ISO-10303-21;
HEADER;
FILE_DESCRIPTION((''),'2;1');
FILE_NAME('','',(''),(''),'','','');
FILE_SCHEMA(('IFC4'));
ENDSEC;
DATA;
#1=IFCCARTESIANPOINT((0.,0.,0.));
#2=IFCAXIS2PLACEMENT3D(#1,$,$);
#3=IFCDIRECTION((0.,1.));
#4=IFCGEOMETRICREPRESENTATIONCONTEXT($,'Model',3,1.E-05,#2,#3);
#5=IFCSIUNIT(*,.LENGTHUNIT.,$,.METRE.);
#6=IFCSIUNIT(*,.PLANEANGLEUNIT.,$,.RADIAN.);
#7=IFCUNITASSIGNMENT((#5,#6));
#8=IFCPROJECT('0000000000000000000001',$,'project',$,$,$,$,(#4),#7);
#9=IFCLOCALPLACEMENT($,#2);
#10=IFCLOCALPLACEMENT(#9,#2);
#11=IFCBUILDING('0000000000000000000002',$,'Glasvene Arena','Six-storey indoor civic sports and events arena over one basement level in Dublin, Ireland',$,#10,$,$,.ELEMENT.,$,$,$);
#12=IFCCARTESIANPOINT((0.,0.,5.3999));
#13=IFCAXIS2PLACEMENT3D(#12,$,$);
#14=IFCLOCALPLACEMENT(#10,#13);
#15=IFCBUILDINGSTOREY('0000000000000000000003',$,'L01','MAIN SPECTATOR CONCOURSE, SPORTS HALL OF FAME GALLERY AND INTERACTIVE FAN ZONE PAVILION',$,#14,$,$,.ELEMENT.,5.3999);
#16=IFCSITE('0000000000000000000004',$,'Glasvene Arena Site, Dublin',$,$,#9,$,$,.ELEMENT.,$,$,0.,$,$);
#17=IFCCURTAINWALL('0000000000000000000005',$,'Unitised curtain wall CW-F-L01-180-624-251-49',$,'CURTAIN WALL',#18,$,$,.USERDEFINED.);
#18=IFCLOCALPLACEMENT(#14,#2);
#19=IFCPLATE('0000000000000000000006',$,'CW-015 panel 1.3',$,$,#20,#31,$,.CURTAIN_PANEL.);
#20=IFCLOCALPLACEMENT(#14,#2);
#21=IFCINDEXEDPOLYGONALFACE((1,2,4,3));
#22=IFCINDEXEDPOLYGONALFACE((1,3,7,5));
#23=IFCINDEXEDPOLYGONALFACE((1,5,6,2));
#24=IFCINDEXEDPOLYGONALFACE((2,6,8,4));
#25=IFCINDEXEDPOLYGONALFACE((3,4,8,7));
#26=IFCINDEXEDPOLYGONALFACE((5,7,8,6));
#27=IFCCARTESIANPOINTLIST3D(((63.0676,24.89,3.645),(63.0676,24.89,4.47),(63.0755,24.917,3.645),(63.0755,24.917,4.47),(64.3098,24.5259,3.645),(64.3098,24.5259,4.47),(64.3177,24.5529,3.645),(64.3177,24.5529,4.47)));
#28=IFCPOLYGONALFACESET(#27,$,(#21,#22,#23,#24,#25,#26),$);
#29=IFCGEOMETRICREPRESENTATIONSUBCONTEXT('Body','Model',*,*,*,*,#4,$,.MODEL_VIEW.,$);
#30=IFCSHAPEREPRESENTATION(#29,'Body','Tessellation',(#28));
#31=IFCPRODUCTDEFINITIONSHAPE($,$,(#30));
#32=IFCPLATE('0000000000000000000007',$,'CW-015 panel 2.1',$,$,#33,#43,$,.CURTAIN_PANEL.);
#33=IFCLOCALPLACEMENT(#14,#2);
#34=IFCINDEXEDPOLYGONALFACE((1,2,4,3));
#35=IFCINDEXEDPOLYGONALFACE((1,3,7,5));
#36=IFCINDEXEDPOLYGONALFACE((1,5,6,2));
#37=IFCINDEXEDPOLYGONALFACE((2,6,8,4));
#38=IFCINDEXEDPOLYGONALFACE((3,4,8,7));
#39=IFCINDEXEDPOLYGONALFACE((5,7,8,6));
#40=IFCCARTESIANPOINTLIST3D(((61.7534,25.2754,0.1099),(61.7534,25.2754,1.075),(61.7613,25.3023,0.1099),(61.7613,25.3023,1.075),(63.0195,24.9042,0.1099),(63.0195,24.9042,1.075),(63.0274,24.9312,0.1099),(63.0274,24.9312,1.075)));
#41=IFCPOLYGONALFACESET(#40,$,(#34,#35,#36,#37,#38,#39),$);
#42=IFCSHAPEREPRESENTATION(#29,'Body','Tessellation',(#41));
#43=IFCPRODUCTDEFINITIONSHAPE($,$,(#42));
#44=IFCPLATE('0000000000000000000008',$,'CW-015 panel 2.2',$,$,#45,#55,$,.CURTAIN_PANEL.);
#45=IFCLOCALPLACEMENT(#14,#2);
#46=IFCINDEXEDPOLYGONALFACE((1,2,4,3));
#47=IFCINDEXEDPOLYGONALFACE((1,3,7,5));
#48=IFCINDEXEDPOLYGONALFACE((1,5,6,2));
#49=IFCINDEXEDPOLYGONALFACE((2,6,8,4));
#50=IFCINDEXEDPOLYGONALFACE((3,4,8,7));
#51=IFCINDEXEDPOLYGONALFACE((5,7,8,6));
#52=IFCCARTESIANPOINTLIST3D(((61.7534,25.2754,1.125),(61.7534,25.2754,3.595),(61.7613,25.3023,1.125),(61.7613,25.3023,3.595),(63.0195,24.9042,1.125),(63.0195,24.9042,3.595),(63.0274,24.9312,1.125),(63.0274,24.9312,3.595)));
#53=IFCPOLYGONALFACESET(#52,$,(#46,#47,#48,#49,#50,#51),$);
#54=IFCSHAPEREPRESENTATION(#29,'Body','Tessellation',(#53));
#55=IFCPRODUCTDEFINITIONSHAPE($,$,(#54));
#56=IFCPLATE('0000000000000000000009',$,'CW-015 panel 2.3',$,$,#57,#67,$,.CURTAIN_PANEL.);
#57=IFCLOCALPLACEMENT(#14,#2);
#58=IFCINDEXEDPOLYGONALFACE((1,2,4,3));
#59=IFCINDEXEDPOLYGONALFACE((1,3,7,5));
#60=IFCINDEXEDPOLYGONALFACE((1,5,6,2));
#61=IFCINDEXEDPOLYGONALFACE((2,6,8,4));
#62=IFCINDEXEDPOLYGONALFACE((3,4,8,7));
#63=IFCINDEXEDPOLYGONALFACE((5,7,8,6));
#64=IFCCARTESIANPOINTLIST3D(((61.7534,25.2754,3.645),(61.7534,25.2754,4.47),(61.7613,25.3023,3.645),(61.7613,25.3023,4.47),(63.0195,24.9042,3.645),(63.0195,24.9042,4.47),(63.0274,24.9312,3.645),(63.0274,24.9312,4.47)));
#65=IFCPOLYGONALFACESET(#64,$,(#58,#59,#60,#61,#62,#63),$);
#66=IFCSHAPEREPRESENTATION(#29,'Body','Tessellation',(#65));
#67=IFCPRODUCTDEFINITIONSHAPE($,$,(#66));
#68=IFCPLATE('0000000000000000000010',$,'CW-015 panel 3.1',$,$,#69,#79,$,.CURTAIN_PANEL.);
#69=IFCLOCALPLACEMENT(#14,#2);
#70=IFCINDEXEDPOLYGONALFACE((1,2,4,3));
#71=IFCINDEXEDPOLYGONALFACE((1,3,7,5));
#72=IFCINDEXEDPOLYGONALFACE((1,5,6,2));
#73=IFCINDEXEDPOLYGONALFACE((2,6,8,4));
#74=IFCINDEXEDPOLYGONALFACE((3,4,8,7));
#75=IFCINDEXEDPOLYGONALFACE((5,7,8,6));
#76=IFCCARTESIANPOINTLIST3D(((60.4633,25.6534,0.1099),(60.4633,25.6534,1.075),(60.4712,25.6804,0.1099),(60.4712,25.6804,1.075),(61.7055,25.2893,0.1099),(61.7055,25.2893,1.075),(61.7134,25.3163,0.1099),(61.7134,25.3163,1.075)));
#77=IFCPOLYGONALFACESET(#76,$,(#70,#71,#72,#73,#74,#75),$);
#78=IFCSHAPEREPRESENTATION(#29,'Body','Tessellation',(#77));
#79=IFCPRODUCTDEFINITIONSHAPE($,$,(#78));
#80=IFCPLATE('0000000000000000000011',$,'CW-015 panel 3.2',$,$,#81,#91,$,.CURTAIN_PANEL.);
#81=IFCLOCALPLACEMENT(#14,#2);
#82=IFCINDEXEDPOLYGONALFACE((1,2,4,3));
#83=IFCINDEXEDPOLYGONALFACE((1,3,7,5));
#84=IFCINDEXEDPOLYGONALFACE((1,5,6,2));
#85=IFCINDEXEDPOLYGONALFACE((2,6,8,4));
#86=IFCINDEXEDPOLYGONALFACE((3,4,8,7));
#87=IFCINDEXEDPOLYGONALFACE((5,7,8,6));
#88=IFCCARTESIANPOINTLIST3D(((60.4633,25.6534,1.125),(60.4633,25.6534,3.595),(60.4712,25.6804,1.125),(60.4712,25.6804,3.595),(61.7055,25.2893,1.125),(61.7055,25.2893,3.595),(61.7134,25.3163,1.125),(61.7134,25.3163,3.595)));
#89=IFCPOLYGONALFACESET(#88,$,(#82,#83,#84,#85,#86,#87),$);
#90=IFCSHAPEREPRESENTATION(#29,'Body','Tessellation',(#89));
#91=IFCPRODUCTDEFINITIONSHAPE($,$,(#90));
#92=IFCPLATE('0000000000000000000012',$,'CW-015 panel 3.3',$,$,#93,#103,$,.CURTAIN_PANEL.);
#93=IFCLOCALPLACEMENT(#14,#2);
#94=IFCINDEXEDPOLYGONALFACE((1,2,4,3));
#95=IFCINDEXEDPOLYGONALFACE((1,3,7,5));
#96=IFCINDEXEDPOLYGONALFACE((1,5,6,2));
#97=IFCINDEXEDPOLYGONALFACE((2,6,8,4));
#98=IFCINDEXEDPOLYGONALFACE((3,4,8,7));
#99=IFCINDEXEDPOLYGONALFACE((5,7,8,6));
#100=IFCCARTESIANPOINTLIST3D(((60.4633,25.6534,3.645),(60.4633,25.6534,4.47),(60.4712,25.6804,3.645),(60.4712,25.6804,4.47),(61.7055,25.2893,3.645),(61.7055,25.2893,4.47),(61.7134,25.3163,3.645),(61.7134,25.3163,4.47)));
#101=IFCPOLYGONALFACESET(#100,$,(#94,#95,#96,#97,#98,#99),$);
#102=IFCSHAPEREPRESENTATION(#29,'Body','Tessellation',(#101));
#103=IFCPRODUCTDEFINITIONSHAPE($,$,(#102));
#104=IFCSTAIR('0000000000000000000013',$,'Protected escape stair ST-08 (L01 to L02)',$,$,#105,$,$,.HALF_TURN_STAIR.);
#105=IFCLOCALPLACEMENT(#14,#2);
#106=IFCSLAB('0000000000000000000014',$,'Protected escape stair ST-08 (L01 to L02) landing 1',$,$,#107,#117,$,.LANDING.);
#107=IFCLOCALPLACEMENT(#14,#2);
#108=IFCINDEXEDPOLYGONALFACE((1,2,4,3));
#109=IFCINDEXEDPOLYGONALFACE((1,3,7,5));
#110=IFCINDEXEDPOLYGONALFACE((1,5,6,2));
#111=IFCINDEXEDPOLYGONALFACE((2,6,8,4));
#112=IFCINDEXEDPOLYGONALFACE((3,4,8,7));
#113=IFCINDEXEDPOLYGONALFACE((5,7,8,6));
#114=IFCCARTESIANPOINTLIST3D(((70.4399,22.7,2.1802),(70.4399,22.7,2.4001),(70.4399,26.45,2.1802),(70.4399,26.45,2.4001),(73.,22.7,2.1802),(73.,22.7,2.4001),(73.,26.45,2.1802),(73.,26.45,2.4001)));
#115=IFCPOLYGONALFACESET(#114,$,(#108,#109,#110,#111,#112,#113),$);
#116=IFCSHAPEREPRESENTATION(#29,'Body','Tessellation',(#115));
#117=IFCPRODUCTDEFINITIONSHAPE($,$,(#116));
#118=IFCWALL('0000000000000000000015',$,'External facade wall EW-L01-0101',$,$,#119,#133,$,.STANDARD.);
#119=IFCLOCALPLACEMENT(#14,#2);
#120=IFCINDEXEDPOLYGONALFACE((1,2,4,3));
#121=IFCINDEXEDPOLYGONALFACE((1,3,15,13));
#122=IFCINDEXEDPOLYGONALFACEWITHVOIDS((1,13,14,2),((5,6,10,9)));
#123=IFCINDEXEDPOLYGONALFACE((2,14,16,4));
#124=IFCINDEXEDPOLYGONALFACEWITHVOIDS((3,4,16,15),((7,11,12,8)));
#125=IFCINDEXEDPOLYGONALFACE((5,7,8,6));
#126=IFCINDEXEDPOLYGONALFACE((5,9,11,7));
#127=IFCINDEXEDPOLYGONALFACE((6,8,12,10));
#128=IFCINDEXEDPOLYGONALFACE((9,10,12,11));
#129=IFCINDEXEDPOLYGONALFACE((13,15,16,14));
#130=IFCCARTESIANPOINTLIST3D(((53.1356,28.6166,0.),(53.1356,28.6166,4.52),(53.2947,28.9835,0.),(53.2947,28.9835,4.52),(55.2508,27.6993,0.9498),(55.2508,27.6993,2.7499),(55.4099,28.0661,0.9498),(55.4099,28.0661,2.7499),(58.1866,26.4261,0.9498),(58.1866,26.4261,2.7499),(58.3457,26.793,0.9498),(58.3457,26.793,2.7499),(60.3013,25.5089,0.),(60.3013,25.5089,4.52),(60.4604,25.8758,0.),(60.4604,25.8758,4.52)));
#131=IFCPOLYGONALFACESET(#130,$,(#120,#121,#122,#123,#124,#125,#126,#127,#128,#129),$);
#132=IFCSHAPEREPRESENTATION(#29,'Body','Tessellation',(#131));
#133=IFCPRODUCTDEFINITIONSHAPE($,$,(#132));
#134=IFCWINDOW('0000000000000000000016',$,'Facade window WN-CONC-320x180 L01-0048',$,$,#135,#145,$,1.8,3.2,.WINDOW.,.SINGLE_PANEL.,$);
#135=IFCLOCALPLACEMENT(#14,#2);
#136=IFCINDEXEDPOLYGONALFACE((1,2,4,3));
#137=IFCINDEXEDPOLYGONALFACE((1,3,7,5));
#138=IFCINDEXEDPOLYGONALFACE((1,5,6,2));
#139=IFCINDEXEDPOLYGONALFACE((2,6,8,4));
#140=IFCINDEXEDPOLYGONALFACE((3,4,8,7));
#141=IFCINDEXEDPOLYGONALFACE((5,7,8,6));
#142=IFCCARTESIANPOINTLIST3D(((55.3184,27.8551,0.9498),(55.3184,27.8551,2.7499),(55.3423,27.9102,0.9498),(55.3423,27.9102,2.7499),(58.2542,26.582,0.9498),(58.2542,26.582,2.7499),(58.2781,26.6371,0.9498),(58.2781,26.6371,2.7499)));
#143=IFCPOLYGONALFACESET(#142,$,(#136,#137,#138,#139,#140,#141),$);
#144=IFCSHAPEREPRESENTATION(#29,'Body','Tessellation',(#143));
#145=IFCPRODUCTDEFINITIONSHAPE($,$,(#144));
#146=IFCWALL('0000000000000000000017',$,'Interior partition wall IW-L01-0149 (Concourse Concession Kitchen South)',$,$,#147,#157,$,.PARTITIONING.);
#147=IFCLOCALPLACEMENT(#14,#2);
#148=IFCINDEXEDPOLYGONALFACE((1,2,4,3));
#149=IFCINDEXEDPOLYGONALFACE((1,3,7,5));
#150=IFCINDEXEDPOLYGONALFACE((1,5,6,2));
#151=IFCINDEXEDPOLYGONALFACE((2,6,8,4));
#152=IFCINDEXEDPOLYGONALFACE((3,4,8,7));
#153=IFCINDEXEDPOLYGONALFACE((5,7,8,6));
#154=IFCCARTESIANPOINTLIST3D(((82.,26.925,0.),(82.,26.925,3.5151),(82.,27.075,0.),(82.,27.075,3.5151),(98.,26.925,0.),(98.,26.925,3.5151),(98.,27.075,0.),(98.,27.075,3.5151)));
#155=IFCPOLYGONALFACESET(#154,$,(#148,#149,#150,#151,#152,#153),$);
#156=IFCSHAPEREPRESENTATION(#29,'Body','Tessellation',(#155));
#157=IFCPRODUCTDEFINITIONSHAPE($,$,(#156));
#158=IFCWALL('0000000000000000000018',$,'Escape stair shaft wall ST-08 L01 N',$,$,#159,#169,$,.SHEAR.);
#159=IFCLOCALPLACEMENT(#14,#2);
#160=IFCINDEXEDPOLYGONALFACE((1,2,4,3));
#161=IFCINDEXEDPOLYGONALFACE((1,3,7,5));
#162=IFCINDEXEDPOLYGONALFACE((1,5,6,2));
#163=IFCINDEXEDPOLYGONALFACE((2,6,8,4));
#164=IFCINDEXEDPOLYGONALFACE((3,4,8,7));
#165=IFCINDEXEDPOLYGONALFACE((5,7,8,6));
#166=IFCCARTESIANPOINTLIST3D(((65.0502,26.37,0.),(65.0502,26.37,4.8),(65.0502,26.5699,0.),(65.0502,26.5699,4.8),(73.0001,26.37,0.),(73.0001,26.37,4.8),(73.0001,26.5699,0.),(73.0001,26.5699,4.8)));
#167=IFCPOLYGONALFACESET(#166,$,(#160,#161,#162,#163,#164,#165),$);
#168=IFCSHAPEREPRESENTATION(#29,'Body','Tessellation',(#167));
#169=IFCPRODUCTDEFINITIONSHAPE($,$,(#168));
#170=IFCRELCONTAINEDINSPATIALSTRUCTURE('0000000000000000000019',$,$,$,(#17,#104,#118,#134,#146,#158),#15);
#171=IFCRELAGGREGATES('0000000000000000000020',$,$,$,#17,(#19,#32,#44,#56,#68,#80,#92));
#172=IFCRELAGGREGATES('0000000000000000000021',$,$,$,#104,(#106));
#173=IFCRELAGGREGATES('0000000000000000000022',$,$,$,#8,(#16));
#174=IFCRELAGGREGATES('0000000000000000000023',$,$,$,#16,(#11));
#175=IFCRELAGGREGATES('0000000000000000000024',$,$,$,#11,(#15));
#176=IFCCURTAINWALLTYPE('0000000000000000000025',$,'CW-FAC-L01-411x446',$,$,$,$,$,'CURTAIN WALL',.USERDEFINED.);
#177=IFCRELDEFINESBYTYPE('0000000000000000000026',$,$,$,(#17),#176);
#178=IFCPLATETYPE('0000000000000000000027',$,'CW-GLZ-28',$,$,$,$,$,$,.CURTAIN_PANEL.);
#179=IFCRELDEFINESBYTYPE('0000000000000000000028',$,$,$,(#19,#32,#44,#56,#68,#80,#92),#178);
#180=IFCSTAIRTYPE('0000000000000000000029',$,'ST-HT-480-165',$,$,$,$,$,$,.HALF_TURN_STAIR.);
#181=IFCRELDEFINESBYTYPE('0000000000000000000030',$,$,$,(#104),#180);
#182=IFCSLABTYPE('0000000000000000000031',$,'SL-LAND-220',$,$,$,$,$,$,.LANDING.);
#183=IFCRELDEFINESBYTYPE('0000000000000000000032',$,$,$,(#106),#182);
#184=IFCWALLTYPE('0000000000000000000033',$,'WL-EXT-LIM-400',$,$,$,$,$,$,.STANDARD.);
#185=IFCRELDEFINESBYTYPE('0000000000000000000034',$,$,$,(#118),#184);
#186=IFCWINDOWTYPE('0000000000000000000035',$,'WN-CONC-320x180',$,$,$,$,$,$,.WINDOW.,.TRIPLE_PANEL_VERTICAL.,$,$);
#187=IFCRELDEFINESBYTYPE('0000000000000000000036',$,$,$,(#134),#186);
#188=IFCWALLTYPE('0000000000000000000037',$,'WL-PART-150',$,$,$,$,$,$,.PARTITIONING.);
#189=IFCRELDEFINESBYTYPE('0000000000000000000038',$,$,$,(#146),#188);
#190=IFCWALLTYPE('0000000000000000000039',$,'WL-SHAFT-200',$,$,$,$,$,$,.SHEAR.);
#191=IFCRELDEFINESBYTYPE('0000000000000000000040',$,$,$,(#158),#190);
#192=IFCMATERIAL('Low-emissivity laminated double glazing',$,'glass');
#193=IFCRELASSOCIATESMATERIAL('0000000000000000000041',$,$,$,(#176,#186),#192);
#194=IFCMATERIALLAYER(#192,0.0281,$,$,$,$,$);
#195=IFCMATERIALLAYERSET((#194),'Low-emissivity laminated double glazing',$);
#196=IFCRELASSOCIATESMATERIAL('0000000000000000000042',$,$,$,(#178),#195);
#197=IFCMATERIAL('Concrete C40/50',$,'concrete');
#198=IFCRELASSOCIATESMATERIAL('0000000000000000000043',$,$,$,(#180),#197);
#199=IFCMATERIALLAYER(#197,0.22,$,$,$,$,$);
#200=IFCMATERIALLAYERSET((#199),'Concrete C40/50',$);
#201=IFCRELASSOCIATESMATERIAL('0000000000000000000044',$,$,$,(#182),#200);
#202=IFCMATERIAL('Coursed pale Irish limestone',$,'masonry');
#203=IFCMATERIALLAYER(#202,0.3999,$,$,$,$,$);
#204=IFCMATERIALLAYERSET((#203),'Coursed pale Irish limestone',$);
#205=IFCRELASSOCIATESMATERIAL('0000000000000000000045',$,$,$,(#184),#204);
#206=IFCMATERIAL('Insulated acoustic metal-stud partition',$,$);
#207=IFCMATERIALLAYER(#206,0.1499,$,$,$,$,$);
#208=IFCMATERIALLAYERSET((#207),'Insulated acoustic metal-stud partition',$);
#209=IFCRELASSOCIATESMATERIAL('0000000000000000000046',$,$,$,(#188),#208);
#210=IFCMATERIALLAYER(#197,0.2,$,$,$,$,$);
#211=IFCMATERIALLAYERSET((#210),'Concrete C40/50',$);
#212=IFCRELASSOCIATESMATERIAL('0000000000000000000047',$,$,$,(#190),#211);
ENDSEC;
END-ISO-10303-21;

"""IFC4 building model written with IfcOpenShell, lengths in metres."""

from ifc_helpers import new_model, si_unit, direction, frame, frame_2d, origin, origin_2d, place, context, subcontext, project, spatial, polyline, rectangle, outline, extrude, material, layer, layer_set, type_object, element, fill, aggregate, save


model = new_model("IFC4")

# Units and contexts
model_context = context("Model", 3, precision=1e-05, world=origin(), true_north=direction((0.0, 1.0)))
body_context = subcontext(model_context, "Body", "Model", "MODEL_VIEW")
ifc_project = project(units=[si_unit("LENGTHUNIT", "METRE"), si_unit("PLANEANGLEUNIT", "RADIAN")], contexts=[model_context])

# Site, building, storey
site_placement = place(None, origin())
site = spatial("IfcSite", under=ifc_project, at=site_placement, Name="Glasvene Arena Site, Dublin", CompositionType="ELEMENT", RefElevation=0.0)
building_placement = place(site_placement, origin())
building = spatial("IfcBuilding", under=site, at=building_placement, Name="Glasvene Arena", Description="Six-storey indoor civic sports and events arena over one basement level in Dublin, Ireland", CompositionType="ELEMENT")
storey_placement = place(building_placement, frame((0.0, 0.0, 5.3999)))
storey = spatial("IfcBuildingStorey", under=building, at=storey_placement, Name="L01", Description="MAIN SPECTATOR CONCOURSE, SPORTS HALL OF FAME GALLERY AND INTERACTIVE FAN ZONE PAVILION", CompositionType="ELEMENT", Elevation=5.3999)

# Curtain wall, plates
ifc_material_1 = material(Name="Low-emissivity laminated double glazing", Category="glass")
curtain_wall_type = type_object("IfcCurtainWallType", Name="CW-FAC-L01-411x446", ElementType="CURTAIN WALL", PredefinedType="USERDEFINED", material=ifc_material_1)
curtain_wall_placement = place(storey_placement, frame((64.3616, 24.5254, 0.0)))
curtain_wall = element("IfcCurtainWall", 1, at=curtain_wall_placement, inside=storey, type_object=curtain_wall_type, Name="Unitised curtain wall CW-F-L01-180-624-251-49", ObjectType="CURTAIN WALL", PredefinedType="USERDEFINED")
ifc_layer_1 = layer(ifc_material_1, 0.0281)
ifc_layer_set_1 = layer_set([ifc_layer_1], Name="Low-emissivity laminated double glazing")
plate_type = type_object("IfcPlateType", Name="CW-GLZ-28", PredefinedType="CURTAIN_PANEL", material=ifc_layer_set_1)
plate_1_placement = place(storey_placement, frame((63.6926, 24.7214, 3.645), z_axis=(0.0, 0.0, 1.0), x_axis=(-0.959624, 0.281286, 0.0)))
plate_1 = element("IfcPlate", 2, at=plate_1_placement, type_object=plate_type, Name="CW-015 panel 1.3", PredefinedType="CURTAIN_PANEL", context=body_context, shape_type="SweptSolid", body=[
    extrude(rectangle(XDim=1.2944, YDim=0.0281, at=origin_2d()), origin(), (0.0, 0.0, 1.0), 0.825),
])
plate_2_placement = place(storey_placement, frame((62.3904, 25.1033, 0.1099), z_axis=(0.0, 0.0, 1.0), x_axis=(-0.959624, 0.281286, 0.0)))
plate_2 = element("IfcPlate", 3, at=plate_2_placement, type_object=plate_type, Name="CW-015 panel 2.1", PredefinedType="CURTAIN_PANEL", context=body_context, shape_type="SweptSolid", body=[
    extrude(rectangle(XDim=1.3193, YDim=0.0281, at=origin_2d()), origin(), (0.0, 0.0, 1.0), 0.9651),
])
plate_3_placement = place(storey_placement, frame((62.3904, 25.1033, 1.125), z_axis=(0.0, 0.0, 1.0), x_axis=(-0.959624, 0.281286, 0.0)))
plate_3 = element("IfcPlate", 4, at=plate_3_placement, type_object=plate_type, Name="CW-015 panel 2.2", PredefinedType="CURTAIN_PANEL", context=body_context, shape_type="SweptSolid", body=[
    extrude(rectangle(XDim=1.3193, YDim=0.0281, at=origin_2d()), origin(), (0.0, 0.0, 1.0), 2.47),
])
plate_4_placement = place(storey_placement, frame((62.3904, 25.1033, 3.645), z_axis=(0.0, 0.0, 1.0), x_axis=(-0.959624, 0.281286, 0.0)))
plate_4 = element("IfcPlate", 5, at=plate_4_placement, type_object=plate_type, Name="CW-015 panel 2.3", PredefinedType="CURTAIN_PANEL", context=body_context, shape_type="SweptSolid", body=[
    extrude(rectangle(XDim=1.3193, YDim=0.0281, at=origin_2d()), origin(), (0.0, 0.0, 1.0), 0.825),
])
plate_5_placement = place(storey_placement, frame((61.0884, 25.4849, 0.1099), z_axis=(0.0, 0.0, 1.0), x_axis=(-0.959624, 0.281286, 0.0)))
plate_5 = element("IfcPlate", 6, at=plate_5_placement, type_object=plate_type, Name="CW-015 panel 3.1", PredefinedType="CURTAIN_PANEL", context=body_context, shape_type="SweptSolid", body=[
    extrude(rectangle(XDim=1.2944, YDim=0.0281, at=origin_2d()), origin(), (0.0, 0.0, 1.0), 0.9651),
])
plate_6_placement = place(storey_placement, frame((61.0884, 25.4849, 1.125), z_axis=(0.0, 0.0, 1.0), x_axis=(-0.959624, 0.281286, 0.0)))
plate_6 = element("IfcPlate", 7, at=plate_6_placement, type_object=plate_type, Name="CW-015 panel 3.2", PredefinedType="CURTAIN_PANEL", context=body_context, shape_type="SweptSolid", body=[
    extrude(rectangle(XDim=1.2944, YDim=0.0281, at=origin_2d()), origin(), (0.0, 0.0, 1.0), 2.47),
])
plate_7_placement = place(storey_placement, frame((61.0884, 25.4849, 3.645), z_axis=(0.0, 0.0, 1.0), x_axis=(-0.959624, 0.281286, 0.0)))
plate_7 = element("IfcPlate", 8, at=plate_7_placement, type_object=plate_type, Name="CW-015 panel 3.3", PredefinedType="CURTAIN_PANEL", context=body_context, shape_type="SweptSolid", body=[
    extrude(rectangle(XDim=1.2944, YDim=0.0281, at=origin_2d()), origin(), (0.0, 0.0, 1.0), 0.825),
])
aggregate(curtain_wall, [plate_1, plate_2, plate_3, plate_4, plate_5, plate_6, plate_7])

# Shared definitions
ifc_material_2 = material(Name="Concrete C40/50", Category="concrete")

# Stair, slab
stair_type = type_object("IfcStairType", Name="ST-HT-480-165", PredefinedType="HALF_TURN_STAIR", material=ifc_material_2)
stair_placement = place(storey_placement, origin())
stair = element("IfcStair", 9, at=stair_placement, inside=storey, type_object=stair_type, Name="Protected escape stair ST-08 (L01 to L02)", PredefinedType="HALF_TURN_STAIR")
ifc_layer_2 = layer(ifc_material_2, 0.22)
ifc_layer_set_2 = layer_set([ifc_layer_2], Name="Concrete C40/50")
slab_type_1 = type_object("IfcSlabType", Name="SL-LAND-220", PredefinedType="LANDING", material=ifc_layer_set_2)
slab_1_placement = place(storey_placement, frame((71.72, 24.575, 2.1802)))
slab_1 = element("IfcSlab", 10, at=slab_1_placement, type_object=slab_type_1, Name="Protected escape stair ST-08 (L01 to L02) landing 1", PredefinedType="LANDING", context=body_context, shape_type="SweptSolid", body=[
    extrude(outline(polyline([(-1.28, -1.875), (1.28, -1.875), (1.28, 1.875), (-1.28, 1.875), (-1.28, -1.875)])), origin(), (0.0, 0.0, 1.0), 0.22),
])

# Wall, opening, window
ifc_material_3 = material(Name="Coursed pale Irish limestone", Category="masonry")
ifc_layer_3 = layer(ifc_material_3, 0.3999)
ifc_layer_set_3 = layer_set([ifc_layer_3], Name="Coursed pale Irish limestone")
wall_type_1 = type_object("IfcWallType", Name="WL-EXT-LIM-400", PredefinedType="STANDARD", material=ifc_layer_set_3)
wall_1_placement = place(storey_placement, frame((60.3809, 25.6924, 0.0), z_axis=(0.0, 0.0, 1.0), x_axis=(-0.917439, 0.397877, 0.0)))
wall_1 = element("IfcWall", 11, at=wall_1_placement, inside=storey, type_object=wall_type_1, Name="External facade wall EW-L01-0101", PredefinedType="STANDARD", context=body_context, shape_type="SweptSolid", body=[
    extrude(rectangle(XDim=7.8105, YDim=0.3999, at=frame_2d((3.9053, 0.0))), origin(), (0.0, 0.0, 1.0), 4.52),
])
opening_placement = place(wall_1_placement, frame((2.3049, 0.0, 0.95)))
opening = element("IfcOpeningElement", 12, at=opening_placement, cuts=wall_1, PredefinedType="OPENING", context=body_context, shape_type="SweptSolid", body=[
    extrude(rectangle(XDim=3.2, YDim=1.8, at=frame_2d((1.6001, 0.8999))), frame((0.0, 0.21, 0.0), z_axis=(0.0, -1.0, 0.0), x_axis=(1.0, 0.0, 0.0)), (0.0, 0.0, 1.0), 0.4199),
])
window_type = type_object("IfcWindowType", Name="WN-CONC-320x180", PartitioningType="TRIPLE_PANEL_VERTICAL", PredefinedType="WINDOW", material=ifc_material_1)
window_placement = place(opening_placement, origin())
window = element("IfcWindow", 13, at=window_placement, inside=storey, type_object=window_type, Name="Facade window WN-CONC-320x180 L01-0048", OverallHeight=1.8, OverallWidth=3.2, PartitioningType="SINGLE_PANEL", PredefinedType="WINDOW", context=body_context, shape_type="SweptSolid", body=[
    extrude(rectangle(XDim=3.2, YDim=1.8, at=frame_2d((1.6001, 0.8999))), frame((0.0, 0.03, 0.0), z_axis=(0.0, -1.0, 0.0), x_axis=(1.0, 0.0, 0.0)), (0.0, 0.0, 1.0), 0.0601),
])
fill(opening, window)

# Walls
ifc_material_4 = material(Name="Insulated acoustic metal-stud partition")
ifc_layer_4 = layer(ifc_material_4, 0.1499)
ifc_layer_set_4 = layer_set([ifc_layer_4], Name="Insulated acoustic metal-stud partition")
wall_type_2 = type_object("IfcWallType", Name="WL-PART-150", PredefinedType="PARTITIONING", material=ifc_layer_set_4)
wall_2_placement = place(storey_placement, frame((82.0, 27.0, 0.0), z_axis=(0.0, 0.0, 1.0), x_axis=(1.0, 0.0, 0.0)))
element("IfcWall", 14, at=wall_2_placement, inside=storey, type_object=wall_type_2, Name="Interior partition wall IW-L01-0149 (Concourse Concession Kitchen South)", PredefinedType="PARTITIONING", context=body_context, shape_type="SweptSolid", body=[
    extrude(rectangle(XDim=16.0, YDim=0.1499, at=frame_2d((8.0, 0.0))), origin(), (0.0, 0.0, 1.0), 3.5151),
])
ifc_layer_5 = layer(ifc_material_2, 0.2)
ifc_layer_set_5 = layer_set([ifc_layer_5], Name="Concrete C40/50")
wall_type_3 = type_object("IfcWallType", Name="WL-SHAFT-200", PredefinedType="SHEAR", material=ifc_layer_set_5)
wall_3_placement = place(storey_placement, frame((65.05, 26.47, 0.0), z_axis=(0.0, 0.0, 1.0), x_axis=(1.0, 0.0, 0.0)))
element("IfcWall", 15, at=wall_3_placement, inside=storey, type_object=wall_type_3, Name="Escape stair shaft wall ST-08 L01 N", PredefinedType="SHEAR", context=body_context, shape_type="SweptSolid", body=[
    extrude(rectangle(XDim=7.95, YDim=0.2, at=frame_2d((3.9751, 0.0))), origin(), (0.0, 0.0, 1.0), 4.8),
])

aggregate(stair, [slab_1])

save(model, "model.ifc")
